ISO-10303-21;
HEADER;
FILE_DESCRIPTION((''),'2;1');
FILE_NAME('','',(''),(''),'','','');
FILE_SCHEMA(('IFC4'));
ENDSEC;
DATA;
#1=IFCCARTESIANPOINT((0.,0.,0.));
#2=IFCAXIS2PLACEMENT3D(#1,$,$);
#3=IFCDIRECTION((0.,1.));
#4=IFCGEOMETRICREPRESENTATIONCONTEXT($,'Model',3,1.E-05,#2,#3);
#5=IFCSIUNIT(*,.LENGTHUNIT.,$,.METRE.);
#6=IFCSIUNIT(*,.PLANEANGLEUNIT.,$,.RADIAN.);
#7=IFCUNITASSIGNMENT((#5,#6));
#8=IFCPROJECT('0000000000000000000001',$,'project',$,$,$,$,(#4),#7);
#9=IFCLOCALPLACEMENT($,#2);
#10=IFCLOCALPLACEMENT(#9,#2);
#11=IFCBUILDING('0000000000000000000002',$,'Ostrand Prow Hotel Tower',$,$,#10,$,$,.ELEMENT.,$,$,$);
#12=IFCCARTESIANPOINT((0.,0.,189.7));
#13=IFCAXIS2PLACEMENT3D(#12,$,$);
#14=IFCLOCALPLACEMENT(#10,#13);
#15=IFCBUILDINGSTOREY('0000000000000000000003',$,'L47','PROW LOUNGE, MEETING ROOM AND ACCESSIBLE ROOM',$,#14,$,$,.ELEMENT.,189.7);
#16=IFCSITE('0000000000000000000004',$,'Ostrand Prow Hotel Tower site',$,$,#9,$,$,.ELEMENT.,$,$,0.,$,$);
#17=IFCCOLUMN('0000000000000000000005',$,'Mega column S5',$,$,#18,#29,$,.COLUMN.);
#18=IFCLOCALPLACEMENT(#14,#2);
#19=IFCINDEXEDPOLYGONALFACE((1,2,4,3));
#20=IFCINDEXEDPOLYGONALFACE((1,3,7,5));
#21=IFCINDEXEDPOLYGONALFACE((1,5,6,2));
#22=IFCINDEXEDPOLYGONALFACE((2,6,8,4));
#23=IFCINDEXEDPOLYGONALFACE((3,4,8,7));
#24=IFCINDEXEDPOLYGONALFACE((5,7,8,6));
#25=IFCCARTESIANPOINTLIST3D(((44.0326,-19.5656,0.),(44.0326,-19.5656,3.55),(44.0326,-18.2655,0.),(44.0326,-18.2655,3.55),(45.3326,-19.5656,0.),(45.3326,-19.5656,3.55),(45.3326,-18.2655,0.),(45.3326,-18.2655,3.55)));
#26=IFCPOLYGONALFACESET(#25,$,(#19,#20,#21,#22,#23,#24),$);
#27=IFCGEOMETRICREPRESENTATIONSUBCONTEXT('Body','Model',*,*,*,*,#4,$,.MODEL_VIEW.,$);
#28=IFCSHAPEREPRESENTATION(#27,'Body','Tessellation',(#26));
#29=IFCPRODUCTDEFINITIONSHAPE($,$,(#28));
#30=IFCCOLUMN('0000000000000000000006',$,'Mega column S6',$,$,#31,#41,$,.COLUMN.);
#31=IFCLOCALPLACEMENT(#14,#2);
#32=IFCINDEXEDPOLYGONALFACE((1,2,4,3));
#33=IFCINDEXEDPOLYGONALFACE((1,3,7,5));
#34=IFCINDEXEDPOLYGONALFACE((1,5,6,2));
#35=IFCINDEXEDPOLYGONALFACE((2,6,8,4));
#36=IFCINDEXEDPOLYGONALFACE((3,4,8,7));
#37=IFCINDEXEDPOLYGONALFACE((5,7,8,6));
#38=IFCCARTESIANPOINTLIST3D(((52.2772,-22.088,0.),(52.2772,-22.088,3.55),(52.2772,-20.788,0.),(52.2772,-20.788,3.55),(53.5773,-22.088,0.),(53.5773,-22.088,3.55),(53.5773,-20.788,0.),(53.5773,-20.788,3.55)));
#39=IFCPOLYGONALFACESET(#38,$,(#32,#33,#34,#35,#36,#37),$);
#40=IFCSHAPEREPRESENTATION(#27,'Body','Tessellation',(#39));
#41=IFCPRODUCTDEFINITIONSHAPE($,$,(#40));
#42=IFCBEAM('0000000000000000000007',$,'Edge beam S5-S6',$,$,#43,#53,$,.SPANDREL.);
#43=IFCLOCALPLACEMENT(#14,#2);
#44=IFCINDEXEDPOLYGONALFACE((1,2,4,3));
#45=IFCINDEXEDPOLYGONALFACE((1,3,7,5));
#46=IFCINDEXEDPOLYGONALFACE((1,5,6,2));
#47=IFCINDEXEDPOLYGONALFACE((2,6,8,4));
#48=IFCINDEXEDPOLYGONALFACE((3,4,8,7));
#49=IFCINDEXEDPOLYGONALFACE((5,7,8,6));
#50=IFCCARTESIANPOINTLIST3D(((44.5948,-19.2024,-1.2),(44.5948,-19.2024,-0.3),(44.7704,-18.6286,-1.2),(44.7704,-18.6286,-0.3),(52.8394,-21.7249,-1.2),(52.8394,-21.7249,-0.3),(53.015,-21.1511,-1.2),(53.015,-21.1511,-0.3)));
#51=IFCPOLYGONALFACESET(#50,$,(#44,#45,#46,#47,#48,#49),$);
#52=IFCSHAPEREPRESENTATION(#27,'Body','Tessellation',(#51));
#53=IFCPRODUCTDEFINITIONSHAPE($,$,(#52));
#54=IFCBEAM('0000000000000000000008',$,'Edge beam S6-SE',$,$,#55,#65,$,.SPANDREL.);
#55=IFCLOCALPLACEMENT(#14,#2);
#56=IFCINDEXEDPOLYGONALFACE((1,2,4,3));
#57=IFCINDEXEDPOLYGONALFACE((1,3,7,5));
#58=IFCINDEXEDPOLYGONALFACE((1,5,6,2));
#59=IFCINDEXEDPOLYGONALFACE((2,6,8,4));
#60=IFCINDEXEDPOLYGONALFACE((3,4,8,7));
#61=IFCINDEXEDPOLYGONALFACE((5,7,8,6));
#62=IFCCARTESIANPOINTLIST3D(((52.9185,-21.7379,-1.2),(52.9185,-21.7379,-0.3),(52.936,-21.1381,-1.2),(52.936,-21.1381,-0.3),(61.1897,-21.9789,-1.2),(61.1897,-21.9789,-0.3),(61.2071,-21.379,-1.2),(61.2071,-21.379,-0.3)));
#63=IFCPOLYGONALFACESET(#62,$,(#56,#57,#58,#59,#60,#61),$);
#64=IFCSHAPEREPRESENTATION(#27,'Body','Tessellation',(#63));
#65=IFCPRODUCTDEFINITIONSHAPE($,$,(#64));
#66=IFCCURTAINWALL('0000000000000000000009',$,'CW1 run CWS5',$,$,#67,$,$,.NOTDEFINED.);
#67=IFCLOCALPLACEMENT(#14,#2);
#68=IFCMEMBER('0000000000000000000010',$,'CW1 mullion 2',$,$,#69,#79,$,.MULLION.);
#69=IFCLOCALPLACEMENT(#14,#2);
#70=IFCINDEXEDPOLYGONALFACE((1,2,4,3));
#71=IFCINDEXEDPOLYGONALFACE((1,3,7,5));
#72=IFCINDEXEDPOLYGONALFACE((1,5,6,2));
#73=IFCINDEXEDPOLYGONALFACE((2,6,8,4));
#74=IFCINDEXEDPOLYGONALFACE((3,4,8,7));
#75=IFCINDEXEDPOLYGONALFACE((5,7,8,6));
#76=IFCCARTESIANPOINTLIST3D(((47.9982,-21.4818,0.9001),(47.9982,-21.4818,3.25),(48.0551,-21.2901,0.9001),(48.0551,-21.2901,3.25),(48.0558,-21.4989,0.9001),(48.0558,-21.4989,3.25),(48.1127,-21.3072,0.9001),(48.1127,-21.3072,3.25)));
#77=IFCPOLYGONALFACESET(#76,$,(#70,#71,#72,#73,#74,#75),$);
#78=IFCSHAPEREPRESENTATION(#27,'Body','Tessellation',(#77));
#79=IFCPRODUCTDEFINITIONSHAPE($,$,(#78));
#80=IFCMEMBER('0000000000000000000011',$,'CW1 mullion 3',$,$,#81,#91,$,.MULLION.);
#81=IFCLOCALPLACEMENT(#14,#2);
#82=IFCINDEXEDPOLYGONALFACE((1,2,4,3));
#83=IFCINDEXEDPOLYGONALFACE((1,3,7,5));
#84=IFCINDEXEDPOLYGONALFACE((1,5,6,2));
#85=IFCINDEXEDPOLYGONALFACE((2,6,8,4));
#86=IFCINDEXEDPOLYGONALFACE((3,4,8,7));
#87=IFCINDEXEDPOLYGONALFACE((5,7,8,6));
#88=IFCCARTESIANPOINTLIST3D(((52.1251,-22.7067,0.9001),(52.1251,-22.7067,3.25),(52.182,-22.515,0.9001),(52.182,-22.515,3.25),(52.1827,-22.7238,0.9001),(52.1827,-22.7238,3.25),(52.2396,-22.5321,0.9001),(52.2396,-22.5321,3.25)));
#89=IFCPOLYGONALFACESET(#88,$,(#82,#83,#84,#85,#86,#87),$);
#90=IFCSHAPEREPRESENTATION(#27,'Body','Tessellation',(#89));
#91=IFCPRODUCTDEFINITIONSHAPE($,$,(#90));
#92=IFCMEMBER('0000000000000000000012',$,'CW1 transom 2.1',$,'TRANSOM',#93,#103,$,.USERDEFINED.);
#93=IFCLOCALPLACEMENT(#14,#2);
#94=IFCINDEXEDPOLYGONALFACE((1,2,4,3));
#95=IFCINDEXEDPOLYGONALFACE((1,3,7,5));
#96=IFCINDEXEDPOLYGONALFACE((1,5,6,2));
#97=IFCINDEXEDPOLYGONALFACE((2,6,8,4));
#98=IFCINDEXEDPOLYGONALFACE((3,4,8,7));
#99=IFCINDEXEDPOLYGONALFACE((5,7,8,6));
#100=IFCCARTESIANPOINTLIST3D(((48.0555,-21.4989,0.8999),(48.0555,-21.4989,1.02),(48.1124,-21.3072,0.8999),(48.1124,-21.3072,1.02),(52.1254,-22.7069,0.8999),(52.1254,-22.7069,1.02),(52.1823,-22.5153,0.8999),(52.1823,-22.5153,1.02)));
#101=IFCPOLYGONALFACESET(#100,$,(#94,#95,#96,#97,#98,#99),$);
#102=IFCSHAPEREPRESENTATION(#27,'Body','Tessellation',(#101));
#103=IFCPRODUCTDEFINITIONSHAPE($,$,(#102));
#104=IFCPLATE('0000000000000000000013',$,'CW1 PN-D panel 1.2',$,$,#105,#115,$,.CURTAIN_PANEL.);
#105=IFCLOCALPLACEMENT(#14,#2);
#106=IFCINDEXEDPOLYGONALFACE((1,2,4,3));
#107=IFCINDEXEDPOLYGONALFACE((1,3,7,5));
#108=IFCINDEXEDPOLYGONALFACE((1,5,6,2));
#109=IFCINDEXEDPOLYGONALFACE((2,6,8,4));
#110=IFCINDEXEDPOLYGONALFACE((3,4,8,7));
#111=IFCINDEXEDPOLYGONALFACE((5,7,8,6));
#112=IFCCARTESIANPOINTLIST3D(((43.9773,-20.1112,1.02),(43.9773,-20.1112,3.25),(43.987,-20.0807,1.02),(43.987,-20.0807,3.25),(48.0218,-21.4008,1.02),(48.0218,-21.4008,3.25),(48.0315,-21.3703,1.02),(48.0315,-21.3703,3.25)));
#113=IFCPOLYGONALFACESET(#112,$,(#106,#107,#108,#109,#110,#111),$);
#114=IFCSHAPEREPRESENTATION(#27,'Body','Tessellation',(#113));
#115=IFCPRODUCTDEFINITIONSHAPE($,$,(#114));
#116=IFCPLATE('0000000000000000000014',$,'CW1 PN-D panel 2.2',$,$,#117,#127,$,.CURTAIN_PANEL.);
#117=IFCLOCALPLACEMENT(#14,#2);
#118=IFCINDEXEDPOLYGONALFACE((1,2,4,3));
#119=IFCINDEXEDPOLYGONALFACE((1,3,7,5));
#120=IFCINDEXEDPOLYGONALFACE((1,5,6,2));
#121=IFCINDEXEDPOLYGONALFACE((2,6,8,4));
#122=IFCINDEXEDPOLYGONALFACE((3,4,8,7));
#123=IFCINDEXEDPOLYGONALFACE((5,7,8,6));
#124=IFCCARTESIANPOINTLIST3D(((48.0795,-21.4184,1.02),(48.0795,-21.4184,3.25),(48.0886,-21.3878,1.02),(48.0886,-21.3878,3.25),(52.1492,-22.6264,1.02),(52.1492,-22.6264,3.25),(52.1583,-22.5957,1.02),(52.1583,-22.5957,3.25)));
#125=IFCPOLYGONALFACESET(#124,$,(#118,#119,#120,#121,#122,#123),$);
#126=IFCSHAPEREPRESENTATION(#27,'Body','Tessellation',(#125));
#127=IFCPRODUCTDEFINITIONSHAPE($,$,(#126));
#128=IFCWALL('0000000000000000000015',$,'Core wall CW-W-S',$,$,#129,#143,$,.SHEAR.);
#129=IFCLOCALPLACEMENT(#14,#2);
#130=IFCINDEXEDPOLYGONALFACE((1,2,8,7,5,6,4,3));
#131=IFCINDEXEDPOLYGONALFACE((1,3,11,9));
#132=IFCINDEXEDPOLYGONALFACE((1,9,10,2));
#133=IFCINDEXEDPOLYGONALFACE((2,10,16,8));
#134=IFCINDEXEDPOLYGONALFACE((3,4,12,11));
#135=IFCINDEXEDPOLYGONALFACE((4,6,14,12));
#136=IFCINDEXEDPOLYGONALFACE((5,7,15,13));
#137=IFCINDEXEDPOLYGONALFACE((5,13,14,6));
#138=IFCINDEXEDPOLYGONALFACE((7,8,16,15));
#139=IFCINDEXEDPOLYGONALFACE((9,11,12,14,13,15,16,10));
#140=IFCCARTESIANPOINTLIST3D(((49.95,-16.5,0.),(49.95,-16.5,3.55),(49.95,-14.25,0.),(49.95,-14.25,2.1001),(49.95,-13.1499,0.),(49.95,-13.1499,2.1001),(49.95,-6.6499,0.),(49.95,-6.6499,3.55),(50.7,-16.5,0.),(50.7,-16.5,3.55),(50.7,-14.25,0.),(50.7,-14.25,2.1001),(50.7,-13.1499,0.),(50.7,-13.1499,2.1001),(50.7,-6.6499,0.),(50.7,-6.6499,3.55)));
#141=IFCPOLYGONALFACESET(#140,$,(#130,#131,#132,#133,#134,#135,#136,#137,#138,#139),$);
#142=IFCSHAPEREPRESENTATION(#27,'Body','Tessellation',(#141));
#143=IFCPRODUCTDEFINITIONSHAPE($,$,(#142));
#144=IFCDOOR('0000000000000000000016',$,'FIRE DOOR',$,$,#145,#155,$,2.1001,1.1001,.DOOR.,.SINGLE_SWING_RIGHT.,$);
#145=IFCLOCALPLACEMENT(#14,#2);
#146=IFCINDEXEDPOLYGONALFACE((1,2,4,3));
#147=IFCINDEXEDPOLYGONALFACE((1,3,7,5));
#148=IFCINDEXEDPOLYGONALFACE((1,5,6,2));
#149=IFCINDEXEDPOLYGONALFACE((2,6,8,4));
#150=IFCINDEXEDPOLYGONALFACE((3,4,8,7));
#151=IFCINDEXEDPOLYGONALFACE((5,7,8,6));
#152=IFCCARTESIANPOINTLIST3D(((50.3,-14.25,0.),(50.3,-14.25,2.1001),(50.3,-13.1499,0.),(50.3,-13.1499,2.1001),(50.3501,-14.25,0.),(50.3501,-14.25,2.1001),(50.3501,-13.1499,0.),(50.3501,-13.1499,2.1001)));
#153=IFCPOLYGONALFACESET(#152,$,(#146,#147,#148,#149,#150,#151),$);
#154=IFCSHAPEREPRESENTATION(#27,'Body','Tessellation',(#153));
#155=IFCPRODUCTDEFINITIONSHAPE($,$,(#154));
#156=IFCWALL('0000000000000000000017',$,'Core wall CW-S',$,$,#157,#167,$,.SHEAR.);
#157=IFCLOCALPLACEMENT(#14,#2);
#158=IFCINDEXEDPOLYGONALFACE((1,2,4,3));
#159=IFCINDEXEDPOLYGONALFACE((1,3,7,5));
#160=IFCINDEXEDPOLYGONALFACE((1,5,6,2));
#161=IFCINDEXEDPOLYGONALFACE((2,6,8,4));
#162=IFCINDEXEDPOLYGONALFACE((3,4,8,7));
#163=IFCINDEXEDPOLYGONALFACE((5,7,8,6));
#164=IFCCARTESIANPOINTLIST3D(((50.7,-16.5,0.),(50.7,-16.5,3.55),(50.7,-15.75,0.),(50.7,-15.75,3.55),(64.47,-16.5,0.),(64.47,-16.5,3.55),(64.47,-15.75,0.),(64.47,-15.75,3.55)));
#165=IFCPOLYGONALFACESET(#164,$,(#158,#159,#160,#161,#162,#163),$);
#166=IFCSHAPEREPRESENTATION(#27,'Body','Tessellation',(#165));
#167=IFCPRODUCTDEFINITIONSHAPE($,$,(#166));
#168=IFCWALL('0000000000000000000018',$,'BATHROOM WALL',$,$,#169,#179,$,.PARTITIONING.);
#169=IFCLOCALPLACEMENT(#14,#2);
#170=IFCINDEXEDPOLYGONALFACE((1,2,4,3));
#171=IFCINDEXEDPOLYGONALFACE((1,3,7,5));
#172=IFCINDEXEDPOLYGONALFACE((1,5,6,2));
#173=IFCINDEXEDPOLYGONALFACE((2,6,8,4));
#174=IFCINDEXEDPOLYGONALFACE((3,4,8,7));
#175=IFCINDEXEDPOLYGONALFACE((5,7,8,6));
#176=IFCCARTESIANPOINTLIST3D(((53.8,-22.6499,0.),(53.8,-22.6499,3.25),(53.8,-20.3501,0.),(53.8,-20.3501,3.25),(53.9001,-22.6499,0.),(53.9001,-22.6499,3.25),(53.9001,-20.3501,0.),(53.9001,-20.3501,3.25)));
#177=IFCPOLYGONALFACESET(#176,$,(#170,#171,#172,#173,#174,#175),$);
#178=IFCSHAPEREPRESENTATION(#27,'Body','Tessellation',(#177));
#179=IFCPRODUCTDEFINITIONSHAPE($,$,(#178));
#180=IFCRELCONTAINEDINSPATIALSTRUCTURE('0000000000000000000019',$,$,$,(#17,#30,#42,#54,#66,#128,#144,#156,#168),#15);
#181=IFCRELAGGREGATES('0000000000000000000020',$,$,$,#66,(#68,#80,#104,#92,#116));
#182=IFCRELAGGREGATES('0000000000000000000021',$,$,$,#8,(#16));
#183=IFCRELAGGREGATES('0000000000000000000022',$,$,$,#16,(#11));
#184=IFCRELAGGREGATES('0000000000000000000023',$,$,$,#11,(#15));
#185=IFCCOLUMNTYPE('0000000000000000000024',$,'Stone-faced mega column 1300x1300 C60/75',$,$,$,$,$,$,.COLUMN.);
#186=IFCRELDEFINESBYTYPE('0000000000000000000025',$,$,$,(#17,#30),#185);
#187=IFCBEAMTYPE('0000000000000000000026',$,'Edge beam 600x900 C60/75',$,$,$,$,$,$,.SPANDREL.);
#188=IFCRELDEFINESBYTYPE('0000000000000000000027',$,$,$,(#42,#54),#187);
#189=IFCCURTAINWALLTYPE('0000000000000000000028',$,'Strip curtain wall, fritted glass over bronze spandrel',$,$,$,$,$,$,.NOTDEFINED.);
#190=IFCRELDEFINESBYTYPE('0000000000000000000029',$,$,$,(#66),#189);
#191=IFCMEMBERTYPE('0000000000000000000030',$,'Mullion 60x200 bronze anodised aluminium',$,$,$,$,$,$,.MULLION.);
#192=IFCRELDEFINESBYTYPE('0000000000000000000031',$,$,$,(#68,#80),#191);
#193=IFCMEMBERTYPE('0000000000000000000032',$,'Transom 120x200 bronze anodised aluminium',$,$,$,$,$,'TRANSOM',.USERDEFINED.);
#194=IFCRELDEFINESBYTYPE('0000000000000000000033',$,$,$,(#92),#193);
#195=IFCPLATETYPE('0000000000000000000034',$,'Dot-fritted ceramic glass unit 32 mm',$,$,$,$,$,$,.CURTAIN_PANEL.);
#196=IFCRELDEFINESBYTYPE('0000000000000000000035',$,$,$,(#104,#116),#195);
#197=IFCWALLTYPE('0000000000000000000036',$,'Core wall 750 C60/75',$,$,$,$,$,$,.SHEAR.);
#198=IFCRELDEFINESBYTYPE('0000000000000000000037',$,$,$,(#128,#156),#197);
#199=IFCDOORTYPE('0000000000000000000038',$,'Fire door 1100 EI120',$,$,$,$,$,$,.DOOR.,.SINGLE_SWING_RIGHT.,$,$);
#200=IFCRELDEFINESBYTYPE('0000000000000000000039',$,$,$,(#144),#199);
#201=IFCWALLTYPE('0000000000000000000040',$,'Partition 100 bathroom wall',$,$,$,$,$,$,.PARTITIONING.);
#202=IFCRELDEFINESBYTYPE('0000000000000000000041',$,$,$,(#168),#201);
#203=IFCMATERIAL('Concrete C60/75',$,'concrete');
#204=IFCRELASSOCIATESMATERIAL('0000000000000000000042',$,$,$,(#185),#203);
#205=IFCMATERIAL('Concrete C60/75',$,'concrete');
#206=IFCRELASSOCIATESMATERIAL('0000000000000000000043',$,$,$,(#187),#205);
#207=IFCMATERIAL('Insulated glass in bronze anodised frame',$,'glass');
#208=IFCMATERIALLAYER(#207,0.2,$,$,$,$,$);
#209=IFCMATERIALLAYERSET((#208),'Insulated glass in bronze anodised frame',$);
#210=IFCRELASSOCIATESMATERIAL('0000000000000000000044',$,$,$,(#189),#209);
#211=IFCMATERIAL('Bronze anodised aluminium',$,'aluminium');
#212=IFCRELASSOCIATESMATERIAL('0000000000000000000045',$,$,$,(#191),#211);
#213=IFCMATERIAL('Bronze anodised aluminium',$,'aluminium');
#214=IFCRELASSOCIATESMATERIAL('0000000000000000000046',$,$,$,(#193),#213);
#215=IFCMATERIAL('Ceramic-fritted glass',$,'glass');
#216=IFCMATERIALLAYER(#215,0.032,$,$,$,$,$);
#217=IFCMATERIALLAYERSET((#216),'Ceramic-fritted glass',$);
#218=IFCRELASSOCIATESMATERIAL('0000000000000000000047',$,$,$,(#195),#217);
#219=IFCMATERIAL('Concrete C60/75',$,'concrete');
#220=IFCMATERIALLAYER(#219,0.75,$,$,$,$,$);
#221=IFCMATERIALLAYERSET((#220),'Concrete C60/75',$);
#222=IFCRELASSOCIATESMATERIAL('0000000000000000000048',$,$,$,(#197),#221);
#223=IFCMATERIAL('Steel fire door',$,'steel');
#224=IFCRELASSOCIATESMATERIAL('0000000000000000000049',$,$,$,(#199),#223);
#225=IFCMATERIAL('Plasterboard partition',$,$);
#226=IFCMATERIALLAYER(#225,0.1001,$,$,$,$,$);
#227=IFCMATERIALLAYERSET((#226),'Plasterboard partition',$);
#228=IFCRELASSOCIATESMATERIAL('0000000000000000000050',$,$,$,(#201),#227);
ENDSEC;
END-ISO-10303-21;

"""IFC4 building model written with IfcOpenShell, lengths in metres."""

from ifc_helpers import new_model, si_unit, direction, frame, frame_2d, origin, origin_2d, place, context, subcontext, project, spatial, rectangle, extrude, material, layer, layer_set, material_profile, profile_set, type_object, element, fill, aggregate, save


model = new_model("IFC4")

# Units and contexts
model_context = context("Model", 3, precision=1e-05, world=origin(), true_north=direction((0.0, 1.0)))
body_context = subcontext(model_context, "Body", "Model", "MODEL_VIEW")
ifc_project = project(units=[si_unit("LENGTHUNIT", "METRE"), si_unit("PLANEANGLEUNIT", "RADIAN")], contexts=[model_context])

# Site, building, storey
site_placement = place(None, origin())
site = spatial("IfcSite", under=ifc_project, at=site_placement, Name="Ostrand Prow Hotel Tower site", CompositionType="ELEMENT", RefElevation=0.0)
building_placement = place(site_placement, origin())
building = spatial("IfcBuilding", under=site, at=building_placement, Name="Ostrand Prow Hotel Tower", CompositionType="ELEMENT")
storey_placement = place(building_placement, frame((0.0, 0.0, 189.7)))
storey = spatial("IfcBuildingStorey", under=building, at=storey_placement, Name="L47", Description="PROW LOUNGE, MEETING ROOM AND ACCESSIBLE ROOM", CompositionType="ELEMENT", Elevation=189.7)

# Columns
ifc_material_1 = material(Name="Concrete C60/75", Category="concrete")
ifc_material_profile_1 = material_profile(ifc_material_1, rectangle(XDim=1.3, YDim=1.3, at=origin_2d()), Name="RC 1300x1300")
ifc_profile_set_1 = profile_set([ifc_material_profile_1], Name="Concrete C60/75")
column_type = type_object("IfcColumnType", Name="Stone-faced mega column 1300x1300 C60/75", PredefinedType="COLUMN", material=ifc_profile_set_1)
for number, where, z_axis, x_axis, name in (
    (1, (44.6826, -18.9155, 0.0), (0.0, 0.0, 1.0), (1.0, 0.0, 0.0), "Mega column S5"),
    (2, (52.9272, -21.438, 0.0), (0.0, 0.0, 1.0), (1.0, 0.0, 0.0), "Mega column S6"),
):
    element("IfcColumn", number, at=place(storey_placement, frame(where, z_axis=z_axis, x_axis=x_axis)), inside=storey, type_object=column_type, Name=name, PredefinedType="COLUMN", context=body_context, shape_type="SweptSolid", body=[
        extrude(rectangle(XDim=1.3, YDim=1.3, at=origin_2d()), origin(), (0.0, 0.0, 1.0), 3.55),
    ])

# Beams
ifc_material_2 = material(Name="Concrete C60/75", Category="concrete")
ifc_material_profile_2 = material_profile(ifc_material_2, rectangle(XDim=0.6001, YDim=0.8999, at=origin_2d()), Name="RC 600x900")
ifc_profile_set_2 = profile_set([ifc_material_profile_2], Name="Concrete C60/75")
beam_type = type_object("IfcBeamType", Name="Edge beam 600x900 C60/75", PredefinedType="SPANDREL", material=ifc_profile_set_2)
beam_1_placement = place(storey_placement, frame((44.6826, -18.9155, -0.75), z_axis=(0.956246, -0.292565, 0.0), x_axis=(0.292565, 0.956246, 0.0)))
element("IfcBeam", 3, at=beam_1_placement, inside=storey, type_object=beam_type, Name="Edge beam S5-S6", PredefinedType="SPANDREL", context=body_context, shape_type="SweptSolid", body=[
    extrude(rectangle(XDim=0.6001, YDim=0.8999, at=origin_2d()), origin(), (0.0, 0.0, 1.0), 8.6218),
])
beam_2_placement = place(storey_placement, frame((52.9272, -21.438, -0.75), z_axis=(0.999576, -0.029121, 0.0), x_axis=(0.029121, 0.999576, 0.0)))
element("IfcBeam", 4, at=beam_2_placement, inside=storey, type_object=beam_type, Name="Edge beam S6-SE", PredefinedType="SPANDREL", context=body_context, shape_type="SweptSolid", body=[
    extrude(rectangle(XDim=0.6001, YDim=0.8999, at=origin_2d()), origin(), (0.0, 0.0, 1.0), 8.2747),
])

# Curtain wall, members, plates
ifc_material_3 = material(Name="Insulated glass in bronze anodised frame", Category="glass")
ifc_layer_1 = layer(ifc_material_3, 0.2)
ifc_layer_set_1 = layer_set([ifc_layer_1], Name="Insulated glass in bronze anodised frame")
curtain_wall_type = type_object("IfcCurtainWallType", Name="Strip curtain wall, fritted glass over bronze spandrel", PredefinedType="NOTDEFINED", material=ifc_layer_set_1)
curtain_wall_placement = place(storey_placement, origin())
curtain_wall = element("IfcCurtainWall", 5, at=curtain_wall_placement, inside=storey, type_object=curtain_wall_type, Name="CW1 run CWS5", PredefinedType="NOTDEFINED")
ifc_material_4 = material(Name="Bronze anodised aluminium", Category="aluminium")
ifc_material_profile_3 = material_profile(ifc_material_4, rectangle(XDim=0.2, YDim=0.0601, at=origin_2d()), Name="Mullion 60x200 bronze anodised aluminium")
ifc_profile_set_3 = profile_set([ifc_material_profile_3], Name="Bronze anodised aluminium")
member_type_1 = type_object("IfcMemberType", Name="Mullion 60x200 bronze anodised aluminium", PredefinedType="MULLION", material=ifc_profile_set_3)
member_1_placement = place(storey_placement, frame((48.0554, -21.3945, 0.9001), z_axis=(0.0, 0.0, 1.0), x_axis=(0.284544, 0.958663, 0.0)))
member_1 = element("IfcMember", 6, at=member_1_placement, type_object=member_type_1, Name="CW1 mullion 2", PredefinedType="MULLION", context=body_context, shape_type="SweptSolid", body=[
    extrude(rectangle(XDim=0.2, YDim=0.0601, at=origin_2d()), origin(), (0.0, 0.0, 1.0), 2.3499),
])
member_2_placement = place(storey_placement, frame((52.1824, -22.6194, 0.9001), z_axis=(0.0, 0.0, 1.0), x_axis=(0.284544, 0.958663, 0.0)))
member_2 = element("IfcMember", 7, at=member_2_placement, type_object=member_type_1, Name="CW1 mullion 3", PredefinedType="MULLION", context=body_context, shape_type="SweptSolid", body=[
    extrude(rectangle(XDim=0.2, YDim=0.0601, at=origin_2d()), origin(), (0.0, 0.0, 1.0), 2.3499),
])
ifc_material_5 = material(Name="Bronze anodised aluminium", Category="aluminium")
ifc_material_profile_4 = material_profile(ifc_material_5, rectangle(XDim=0.2, YDim=0.1201, at=origin_2d()), Name="Transom 120x200 bronze anodised aluminium")
ifc_profile_set_4 = profile_set([ifc_material_profile_4], Name="Bronze anodised aluminium")
member_type_2 = type_object("IfcMemberType", Name="Transom 120x200 bronze anodised aluminium", ElementType="TRANSOM", PredefinedType="USERDEFINED", material=ifc_profile_set_4)
member_3_placement = place(storey_placement, frame((48.084, -21.4031, 0.96), z_axis=(0.958661, -0.28455, 0.0), x_axis=(0.28455, 0.958661, 0.0)))
member_3 = element("IfcMember", 8, at=member_3_placement, type_object=member_type_2, Name="CW1 transom 2.1", ObjectType="TRANSOM", PredefinedType="USERDEFINED", context=body_context, shape_type="SweptSolid", body=[
    extrude(rectangle(XDim=0.2, YDim=0.1201, at=origin_2d()), origin(), (0.0, 0.0, 1.0), 4.2454),
])
ifc_material_6 = material(Name="Ceramic-fritted glass", Category="glass")
ifc_layer_2 = layer(ifc_material_6, 0.032)
ifc_layer_set_2 = layer_set([ifc_layer_2], Name="Ceramic-fritted glass")
plate_type = type_object("IfcPlateType", Name="Dot-fritted ceramic glass unit 32 mm", PredefinedType="CURTAIN_PANEL", material=ifc_layer_set_2)
plate_1_placement = place(storey_placement, frame((46.0044, -20.7407, 1.02), z_axis=(0.0, 0.0, 1.0), x_axis=(0.95274, -0.303787, 0.0)))
plate_1 = element("IfcPlate", 9, at=plate_1_placement, type_object=plate_type, Name="CW1 PN-D panel 1.2", PredefinedType="CURTAIN_PANEL", context=body_context, shape_type="SweptSolid", body=[
    extrude(rectangle(XDim=4.2451, YDim=0.032, at=origin_2d()), origin(), (0.0, 0.0, 1.0), 2.23),
])
plate_2_placement = place(storey_placement, frame((50.1189, -22.0071, 1.02), z_axis=(0.0, 0.0, 1.0), x_axis=(0.958663, -0.284544, 0.0)))
plate_2 = element("IfcPlate", 10, at=plate_2_placement, type_object=plate_type, Name="CW1 PN-D panel 2.2", PredefinedType="CURTAIN_PANEL", context=body_context, shape_type="SweptSolid", body=[
    extrude(rectangle(XDim=4.2451, YDim=0.032, at=origin_2d()), origin(), (0.0, 0.0, 1.0), 2.23),
])
aggregate(curtain_wall, [member_1, member_2, plate_1, member_3, plate_2])

# Wall, opening, door
ifc_material_7 = material(Name="Concrete C60/75", Category="concrete")
ifc_layer_3 = layer(ifc_material_7, 0.75)
ifc_layer_set_3 = layer_set([ifc_layer_3], Name="Concrete C60/75")
wall_type_1 = type_object("IfcWallType", Name="Core wall 750 C60/75", PredefinedType="SHEAR", material=ifc_layer_set_3)
wall_1_placement = place(storey_placement, frame((50.325, -16.5, 0.0), z_axis=(0.0, 0.0, 1.0), x_axis=(0.0, 1.0, 0.0)))
wall_1 = element("IfcWall", 11, at=wall_1_placement, inside=storey, type_object=wall_type_1, Name="Core wall CW-W-S", PredefinedType="SHEAR", context=body_context, shape_type="SweptSolid", body=[
    extrude(rectangle(XDim=9.8501, YDim=0.75, at=frame_2d((4.925, 0.0))), origin(), (0.0, 0.0, 1.0), 3.55),
])
opening_1_placement = place(wall_1_placement, frame((2.25, 0.0, 0.0)))
opening_1 = element("IfcOpeningElement", 12, at=opening_1_placement, cuts=wall_1, PredefinedType="OPENING", context=body_context, shape_type="SweptSolid", body=[
    extrude(rectangle(XDim=1.1001, YDim=2.1001, at=frame_2d((0.55, 1.05))), frame((0.0, 0.385, 0.0), z_axis=(0.0, -1.0, 0.0), x_axis=(1.0, 0.0, 0.0)), (0.0, 0.0, 1.0), 0.77),
])
ifc_material_8 = material(Name="Steel fire door", Category="steel")
door_type_1 = type_object("IfcDoorType", Name="Fire door 1100 EI120", OperationType="SINGLE_SWING_RIGHT", PredefinedType="DOOR", material=ifc_material_8)
door_1_placement = place(opening_1_placement, origin())
door_1 = element("IfcDoor", 13, at=door_1_placement, inside=storey, type_object=door_type_1, Name="FIRE DOOR", OperationType="SINGLE_SWING_RIGHT", OverallHeight=2.1001, OverallWidth=1.1001, PredefinedType="DOOR", context=body_context, shape_type="SweptSolid", body=[
    extrude(rectangle(XDim=1.1001, YDim=2.1001, at=frame_2d((0.55, 1.05))), frame((0.0, 0.0249, 0.0), z_axis=(0.0, -1.0, 0.0), x_axis=(1.0, 0.0, 0.0)), (0.0, 0.0, 1.0), 0.05),
])
fill(opening_1, door_1)

# Walls
wall_2_placement = place(storey_placement, frame((50.7, -16.125, 0.0), z_axis=(0.0, 0.0, 1.0), x_axis=(1.0, 0.0, 0.0)))
element("IfcWall", 14, at=wall_2_placement, inside=storey, type_object=wall_type_1, Name="Core wall CW-S", PredefinedType="SHEAR", context=body_context, shape_type="SweptSolid", body=[
    extrude(rectangle(XDim=13.77, YDim=0.75, at=frame_2d((6.885, 0.0))), origin(), (0.0, 0.0, 1.0), 3.55),
])
ifc_material_9 = material(Name="Plasterboard partition")
ifc_layer_4 = layer(ifc_material_9, 0.1001)
ifc_layer_set_4 = layer_set([ifc_layer_4], Name="Plasterboard partition")
wall_type_2 = type_object("IfcWallType", Name="Partition 100 bathroom wall", PredefinedType="PARTITIONING", material=ifc_layer_set_4)
wall_3_placement = place(storey_placement, frame((53.8501, -22.6499, 0.0), z_axis=(0.0, 0.0, 1.0), x_axis=(0.0, 1.0, 0.0)))
element("IfcWall", 15, at=wall_3_placement, inside=storey, type_object=wall_type_2, Name="BATHROOM WALL", PredefinedType="PARTITIONING", context=body_context, shape_type="SweptSolid", body=[
    extrude(rectangle(XDim=2.2998, YDim=0.1001, at=frame_2d((1.1499, 0.0))), origin(), (0.0, 0.0, 1.0), 3.25),
])

save(model, "model.ifc")
